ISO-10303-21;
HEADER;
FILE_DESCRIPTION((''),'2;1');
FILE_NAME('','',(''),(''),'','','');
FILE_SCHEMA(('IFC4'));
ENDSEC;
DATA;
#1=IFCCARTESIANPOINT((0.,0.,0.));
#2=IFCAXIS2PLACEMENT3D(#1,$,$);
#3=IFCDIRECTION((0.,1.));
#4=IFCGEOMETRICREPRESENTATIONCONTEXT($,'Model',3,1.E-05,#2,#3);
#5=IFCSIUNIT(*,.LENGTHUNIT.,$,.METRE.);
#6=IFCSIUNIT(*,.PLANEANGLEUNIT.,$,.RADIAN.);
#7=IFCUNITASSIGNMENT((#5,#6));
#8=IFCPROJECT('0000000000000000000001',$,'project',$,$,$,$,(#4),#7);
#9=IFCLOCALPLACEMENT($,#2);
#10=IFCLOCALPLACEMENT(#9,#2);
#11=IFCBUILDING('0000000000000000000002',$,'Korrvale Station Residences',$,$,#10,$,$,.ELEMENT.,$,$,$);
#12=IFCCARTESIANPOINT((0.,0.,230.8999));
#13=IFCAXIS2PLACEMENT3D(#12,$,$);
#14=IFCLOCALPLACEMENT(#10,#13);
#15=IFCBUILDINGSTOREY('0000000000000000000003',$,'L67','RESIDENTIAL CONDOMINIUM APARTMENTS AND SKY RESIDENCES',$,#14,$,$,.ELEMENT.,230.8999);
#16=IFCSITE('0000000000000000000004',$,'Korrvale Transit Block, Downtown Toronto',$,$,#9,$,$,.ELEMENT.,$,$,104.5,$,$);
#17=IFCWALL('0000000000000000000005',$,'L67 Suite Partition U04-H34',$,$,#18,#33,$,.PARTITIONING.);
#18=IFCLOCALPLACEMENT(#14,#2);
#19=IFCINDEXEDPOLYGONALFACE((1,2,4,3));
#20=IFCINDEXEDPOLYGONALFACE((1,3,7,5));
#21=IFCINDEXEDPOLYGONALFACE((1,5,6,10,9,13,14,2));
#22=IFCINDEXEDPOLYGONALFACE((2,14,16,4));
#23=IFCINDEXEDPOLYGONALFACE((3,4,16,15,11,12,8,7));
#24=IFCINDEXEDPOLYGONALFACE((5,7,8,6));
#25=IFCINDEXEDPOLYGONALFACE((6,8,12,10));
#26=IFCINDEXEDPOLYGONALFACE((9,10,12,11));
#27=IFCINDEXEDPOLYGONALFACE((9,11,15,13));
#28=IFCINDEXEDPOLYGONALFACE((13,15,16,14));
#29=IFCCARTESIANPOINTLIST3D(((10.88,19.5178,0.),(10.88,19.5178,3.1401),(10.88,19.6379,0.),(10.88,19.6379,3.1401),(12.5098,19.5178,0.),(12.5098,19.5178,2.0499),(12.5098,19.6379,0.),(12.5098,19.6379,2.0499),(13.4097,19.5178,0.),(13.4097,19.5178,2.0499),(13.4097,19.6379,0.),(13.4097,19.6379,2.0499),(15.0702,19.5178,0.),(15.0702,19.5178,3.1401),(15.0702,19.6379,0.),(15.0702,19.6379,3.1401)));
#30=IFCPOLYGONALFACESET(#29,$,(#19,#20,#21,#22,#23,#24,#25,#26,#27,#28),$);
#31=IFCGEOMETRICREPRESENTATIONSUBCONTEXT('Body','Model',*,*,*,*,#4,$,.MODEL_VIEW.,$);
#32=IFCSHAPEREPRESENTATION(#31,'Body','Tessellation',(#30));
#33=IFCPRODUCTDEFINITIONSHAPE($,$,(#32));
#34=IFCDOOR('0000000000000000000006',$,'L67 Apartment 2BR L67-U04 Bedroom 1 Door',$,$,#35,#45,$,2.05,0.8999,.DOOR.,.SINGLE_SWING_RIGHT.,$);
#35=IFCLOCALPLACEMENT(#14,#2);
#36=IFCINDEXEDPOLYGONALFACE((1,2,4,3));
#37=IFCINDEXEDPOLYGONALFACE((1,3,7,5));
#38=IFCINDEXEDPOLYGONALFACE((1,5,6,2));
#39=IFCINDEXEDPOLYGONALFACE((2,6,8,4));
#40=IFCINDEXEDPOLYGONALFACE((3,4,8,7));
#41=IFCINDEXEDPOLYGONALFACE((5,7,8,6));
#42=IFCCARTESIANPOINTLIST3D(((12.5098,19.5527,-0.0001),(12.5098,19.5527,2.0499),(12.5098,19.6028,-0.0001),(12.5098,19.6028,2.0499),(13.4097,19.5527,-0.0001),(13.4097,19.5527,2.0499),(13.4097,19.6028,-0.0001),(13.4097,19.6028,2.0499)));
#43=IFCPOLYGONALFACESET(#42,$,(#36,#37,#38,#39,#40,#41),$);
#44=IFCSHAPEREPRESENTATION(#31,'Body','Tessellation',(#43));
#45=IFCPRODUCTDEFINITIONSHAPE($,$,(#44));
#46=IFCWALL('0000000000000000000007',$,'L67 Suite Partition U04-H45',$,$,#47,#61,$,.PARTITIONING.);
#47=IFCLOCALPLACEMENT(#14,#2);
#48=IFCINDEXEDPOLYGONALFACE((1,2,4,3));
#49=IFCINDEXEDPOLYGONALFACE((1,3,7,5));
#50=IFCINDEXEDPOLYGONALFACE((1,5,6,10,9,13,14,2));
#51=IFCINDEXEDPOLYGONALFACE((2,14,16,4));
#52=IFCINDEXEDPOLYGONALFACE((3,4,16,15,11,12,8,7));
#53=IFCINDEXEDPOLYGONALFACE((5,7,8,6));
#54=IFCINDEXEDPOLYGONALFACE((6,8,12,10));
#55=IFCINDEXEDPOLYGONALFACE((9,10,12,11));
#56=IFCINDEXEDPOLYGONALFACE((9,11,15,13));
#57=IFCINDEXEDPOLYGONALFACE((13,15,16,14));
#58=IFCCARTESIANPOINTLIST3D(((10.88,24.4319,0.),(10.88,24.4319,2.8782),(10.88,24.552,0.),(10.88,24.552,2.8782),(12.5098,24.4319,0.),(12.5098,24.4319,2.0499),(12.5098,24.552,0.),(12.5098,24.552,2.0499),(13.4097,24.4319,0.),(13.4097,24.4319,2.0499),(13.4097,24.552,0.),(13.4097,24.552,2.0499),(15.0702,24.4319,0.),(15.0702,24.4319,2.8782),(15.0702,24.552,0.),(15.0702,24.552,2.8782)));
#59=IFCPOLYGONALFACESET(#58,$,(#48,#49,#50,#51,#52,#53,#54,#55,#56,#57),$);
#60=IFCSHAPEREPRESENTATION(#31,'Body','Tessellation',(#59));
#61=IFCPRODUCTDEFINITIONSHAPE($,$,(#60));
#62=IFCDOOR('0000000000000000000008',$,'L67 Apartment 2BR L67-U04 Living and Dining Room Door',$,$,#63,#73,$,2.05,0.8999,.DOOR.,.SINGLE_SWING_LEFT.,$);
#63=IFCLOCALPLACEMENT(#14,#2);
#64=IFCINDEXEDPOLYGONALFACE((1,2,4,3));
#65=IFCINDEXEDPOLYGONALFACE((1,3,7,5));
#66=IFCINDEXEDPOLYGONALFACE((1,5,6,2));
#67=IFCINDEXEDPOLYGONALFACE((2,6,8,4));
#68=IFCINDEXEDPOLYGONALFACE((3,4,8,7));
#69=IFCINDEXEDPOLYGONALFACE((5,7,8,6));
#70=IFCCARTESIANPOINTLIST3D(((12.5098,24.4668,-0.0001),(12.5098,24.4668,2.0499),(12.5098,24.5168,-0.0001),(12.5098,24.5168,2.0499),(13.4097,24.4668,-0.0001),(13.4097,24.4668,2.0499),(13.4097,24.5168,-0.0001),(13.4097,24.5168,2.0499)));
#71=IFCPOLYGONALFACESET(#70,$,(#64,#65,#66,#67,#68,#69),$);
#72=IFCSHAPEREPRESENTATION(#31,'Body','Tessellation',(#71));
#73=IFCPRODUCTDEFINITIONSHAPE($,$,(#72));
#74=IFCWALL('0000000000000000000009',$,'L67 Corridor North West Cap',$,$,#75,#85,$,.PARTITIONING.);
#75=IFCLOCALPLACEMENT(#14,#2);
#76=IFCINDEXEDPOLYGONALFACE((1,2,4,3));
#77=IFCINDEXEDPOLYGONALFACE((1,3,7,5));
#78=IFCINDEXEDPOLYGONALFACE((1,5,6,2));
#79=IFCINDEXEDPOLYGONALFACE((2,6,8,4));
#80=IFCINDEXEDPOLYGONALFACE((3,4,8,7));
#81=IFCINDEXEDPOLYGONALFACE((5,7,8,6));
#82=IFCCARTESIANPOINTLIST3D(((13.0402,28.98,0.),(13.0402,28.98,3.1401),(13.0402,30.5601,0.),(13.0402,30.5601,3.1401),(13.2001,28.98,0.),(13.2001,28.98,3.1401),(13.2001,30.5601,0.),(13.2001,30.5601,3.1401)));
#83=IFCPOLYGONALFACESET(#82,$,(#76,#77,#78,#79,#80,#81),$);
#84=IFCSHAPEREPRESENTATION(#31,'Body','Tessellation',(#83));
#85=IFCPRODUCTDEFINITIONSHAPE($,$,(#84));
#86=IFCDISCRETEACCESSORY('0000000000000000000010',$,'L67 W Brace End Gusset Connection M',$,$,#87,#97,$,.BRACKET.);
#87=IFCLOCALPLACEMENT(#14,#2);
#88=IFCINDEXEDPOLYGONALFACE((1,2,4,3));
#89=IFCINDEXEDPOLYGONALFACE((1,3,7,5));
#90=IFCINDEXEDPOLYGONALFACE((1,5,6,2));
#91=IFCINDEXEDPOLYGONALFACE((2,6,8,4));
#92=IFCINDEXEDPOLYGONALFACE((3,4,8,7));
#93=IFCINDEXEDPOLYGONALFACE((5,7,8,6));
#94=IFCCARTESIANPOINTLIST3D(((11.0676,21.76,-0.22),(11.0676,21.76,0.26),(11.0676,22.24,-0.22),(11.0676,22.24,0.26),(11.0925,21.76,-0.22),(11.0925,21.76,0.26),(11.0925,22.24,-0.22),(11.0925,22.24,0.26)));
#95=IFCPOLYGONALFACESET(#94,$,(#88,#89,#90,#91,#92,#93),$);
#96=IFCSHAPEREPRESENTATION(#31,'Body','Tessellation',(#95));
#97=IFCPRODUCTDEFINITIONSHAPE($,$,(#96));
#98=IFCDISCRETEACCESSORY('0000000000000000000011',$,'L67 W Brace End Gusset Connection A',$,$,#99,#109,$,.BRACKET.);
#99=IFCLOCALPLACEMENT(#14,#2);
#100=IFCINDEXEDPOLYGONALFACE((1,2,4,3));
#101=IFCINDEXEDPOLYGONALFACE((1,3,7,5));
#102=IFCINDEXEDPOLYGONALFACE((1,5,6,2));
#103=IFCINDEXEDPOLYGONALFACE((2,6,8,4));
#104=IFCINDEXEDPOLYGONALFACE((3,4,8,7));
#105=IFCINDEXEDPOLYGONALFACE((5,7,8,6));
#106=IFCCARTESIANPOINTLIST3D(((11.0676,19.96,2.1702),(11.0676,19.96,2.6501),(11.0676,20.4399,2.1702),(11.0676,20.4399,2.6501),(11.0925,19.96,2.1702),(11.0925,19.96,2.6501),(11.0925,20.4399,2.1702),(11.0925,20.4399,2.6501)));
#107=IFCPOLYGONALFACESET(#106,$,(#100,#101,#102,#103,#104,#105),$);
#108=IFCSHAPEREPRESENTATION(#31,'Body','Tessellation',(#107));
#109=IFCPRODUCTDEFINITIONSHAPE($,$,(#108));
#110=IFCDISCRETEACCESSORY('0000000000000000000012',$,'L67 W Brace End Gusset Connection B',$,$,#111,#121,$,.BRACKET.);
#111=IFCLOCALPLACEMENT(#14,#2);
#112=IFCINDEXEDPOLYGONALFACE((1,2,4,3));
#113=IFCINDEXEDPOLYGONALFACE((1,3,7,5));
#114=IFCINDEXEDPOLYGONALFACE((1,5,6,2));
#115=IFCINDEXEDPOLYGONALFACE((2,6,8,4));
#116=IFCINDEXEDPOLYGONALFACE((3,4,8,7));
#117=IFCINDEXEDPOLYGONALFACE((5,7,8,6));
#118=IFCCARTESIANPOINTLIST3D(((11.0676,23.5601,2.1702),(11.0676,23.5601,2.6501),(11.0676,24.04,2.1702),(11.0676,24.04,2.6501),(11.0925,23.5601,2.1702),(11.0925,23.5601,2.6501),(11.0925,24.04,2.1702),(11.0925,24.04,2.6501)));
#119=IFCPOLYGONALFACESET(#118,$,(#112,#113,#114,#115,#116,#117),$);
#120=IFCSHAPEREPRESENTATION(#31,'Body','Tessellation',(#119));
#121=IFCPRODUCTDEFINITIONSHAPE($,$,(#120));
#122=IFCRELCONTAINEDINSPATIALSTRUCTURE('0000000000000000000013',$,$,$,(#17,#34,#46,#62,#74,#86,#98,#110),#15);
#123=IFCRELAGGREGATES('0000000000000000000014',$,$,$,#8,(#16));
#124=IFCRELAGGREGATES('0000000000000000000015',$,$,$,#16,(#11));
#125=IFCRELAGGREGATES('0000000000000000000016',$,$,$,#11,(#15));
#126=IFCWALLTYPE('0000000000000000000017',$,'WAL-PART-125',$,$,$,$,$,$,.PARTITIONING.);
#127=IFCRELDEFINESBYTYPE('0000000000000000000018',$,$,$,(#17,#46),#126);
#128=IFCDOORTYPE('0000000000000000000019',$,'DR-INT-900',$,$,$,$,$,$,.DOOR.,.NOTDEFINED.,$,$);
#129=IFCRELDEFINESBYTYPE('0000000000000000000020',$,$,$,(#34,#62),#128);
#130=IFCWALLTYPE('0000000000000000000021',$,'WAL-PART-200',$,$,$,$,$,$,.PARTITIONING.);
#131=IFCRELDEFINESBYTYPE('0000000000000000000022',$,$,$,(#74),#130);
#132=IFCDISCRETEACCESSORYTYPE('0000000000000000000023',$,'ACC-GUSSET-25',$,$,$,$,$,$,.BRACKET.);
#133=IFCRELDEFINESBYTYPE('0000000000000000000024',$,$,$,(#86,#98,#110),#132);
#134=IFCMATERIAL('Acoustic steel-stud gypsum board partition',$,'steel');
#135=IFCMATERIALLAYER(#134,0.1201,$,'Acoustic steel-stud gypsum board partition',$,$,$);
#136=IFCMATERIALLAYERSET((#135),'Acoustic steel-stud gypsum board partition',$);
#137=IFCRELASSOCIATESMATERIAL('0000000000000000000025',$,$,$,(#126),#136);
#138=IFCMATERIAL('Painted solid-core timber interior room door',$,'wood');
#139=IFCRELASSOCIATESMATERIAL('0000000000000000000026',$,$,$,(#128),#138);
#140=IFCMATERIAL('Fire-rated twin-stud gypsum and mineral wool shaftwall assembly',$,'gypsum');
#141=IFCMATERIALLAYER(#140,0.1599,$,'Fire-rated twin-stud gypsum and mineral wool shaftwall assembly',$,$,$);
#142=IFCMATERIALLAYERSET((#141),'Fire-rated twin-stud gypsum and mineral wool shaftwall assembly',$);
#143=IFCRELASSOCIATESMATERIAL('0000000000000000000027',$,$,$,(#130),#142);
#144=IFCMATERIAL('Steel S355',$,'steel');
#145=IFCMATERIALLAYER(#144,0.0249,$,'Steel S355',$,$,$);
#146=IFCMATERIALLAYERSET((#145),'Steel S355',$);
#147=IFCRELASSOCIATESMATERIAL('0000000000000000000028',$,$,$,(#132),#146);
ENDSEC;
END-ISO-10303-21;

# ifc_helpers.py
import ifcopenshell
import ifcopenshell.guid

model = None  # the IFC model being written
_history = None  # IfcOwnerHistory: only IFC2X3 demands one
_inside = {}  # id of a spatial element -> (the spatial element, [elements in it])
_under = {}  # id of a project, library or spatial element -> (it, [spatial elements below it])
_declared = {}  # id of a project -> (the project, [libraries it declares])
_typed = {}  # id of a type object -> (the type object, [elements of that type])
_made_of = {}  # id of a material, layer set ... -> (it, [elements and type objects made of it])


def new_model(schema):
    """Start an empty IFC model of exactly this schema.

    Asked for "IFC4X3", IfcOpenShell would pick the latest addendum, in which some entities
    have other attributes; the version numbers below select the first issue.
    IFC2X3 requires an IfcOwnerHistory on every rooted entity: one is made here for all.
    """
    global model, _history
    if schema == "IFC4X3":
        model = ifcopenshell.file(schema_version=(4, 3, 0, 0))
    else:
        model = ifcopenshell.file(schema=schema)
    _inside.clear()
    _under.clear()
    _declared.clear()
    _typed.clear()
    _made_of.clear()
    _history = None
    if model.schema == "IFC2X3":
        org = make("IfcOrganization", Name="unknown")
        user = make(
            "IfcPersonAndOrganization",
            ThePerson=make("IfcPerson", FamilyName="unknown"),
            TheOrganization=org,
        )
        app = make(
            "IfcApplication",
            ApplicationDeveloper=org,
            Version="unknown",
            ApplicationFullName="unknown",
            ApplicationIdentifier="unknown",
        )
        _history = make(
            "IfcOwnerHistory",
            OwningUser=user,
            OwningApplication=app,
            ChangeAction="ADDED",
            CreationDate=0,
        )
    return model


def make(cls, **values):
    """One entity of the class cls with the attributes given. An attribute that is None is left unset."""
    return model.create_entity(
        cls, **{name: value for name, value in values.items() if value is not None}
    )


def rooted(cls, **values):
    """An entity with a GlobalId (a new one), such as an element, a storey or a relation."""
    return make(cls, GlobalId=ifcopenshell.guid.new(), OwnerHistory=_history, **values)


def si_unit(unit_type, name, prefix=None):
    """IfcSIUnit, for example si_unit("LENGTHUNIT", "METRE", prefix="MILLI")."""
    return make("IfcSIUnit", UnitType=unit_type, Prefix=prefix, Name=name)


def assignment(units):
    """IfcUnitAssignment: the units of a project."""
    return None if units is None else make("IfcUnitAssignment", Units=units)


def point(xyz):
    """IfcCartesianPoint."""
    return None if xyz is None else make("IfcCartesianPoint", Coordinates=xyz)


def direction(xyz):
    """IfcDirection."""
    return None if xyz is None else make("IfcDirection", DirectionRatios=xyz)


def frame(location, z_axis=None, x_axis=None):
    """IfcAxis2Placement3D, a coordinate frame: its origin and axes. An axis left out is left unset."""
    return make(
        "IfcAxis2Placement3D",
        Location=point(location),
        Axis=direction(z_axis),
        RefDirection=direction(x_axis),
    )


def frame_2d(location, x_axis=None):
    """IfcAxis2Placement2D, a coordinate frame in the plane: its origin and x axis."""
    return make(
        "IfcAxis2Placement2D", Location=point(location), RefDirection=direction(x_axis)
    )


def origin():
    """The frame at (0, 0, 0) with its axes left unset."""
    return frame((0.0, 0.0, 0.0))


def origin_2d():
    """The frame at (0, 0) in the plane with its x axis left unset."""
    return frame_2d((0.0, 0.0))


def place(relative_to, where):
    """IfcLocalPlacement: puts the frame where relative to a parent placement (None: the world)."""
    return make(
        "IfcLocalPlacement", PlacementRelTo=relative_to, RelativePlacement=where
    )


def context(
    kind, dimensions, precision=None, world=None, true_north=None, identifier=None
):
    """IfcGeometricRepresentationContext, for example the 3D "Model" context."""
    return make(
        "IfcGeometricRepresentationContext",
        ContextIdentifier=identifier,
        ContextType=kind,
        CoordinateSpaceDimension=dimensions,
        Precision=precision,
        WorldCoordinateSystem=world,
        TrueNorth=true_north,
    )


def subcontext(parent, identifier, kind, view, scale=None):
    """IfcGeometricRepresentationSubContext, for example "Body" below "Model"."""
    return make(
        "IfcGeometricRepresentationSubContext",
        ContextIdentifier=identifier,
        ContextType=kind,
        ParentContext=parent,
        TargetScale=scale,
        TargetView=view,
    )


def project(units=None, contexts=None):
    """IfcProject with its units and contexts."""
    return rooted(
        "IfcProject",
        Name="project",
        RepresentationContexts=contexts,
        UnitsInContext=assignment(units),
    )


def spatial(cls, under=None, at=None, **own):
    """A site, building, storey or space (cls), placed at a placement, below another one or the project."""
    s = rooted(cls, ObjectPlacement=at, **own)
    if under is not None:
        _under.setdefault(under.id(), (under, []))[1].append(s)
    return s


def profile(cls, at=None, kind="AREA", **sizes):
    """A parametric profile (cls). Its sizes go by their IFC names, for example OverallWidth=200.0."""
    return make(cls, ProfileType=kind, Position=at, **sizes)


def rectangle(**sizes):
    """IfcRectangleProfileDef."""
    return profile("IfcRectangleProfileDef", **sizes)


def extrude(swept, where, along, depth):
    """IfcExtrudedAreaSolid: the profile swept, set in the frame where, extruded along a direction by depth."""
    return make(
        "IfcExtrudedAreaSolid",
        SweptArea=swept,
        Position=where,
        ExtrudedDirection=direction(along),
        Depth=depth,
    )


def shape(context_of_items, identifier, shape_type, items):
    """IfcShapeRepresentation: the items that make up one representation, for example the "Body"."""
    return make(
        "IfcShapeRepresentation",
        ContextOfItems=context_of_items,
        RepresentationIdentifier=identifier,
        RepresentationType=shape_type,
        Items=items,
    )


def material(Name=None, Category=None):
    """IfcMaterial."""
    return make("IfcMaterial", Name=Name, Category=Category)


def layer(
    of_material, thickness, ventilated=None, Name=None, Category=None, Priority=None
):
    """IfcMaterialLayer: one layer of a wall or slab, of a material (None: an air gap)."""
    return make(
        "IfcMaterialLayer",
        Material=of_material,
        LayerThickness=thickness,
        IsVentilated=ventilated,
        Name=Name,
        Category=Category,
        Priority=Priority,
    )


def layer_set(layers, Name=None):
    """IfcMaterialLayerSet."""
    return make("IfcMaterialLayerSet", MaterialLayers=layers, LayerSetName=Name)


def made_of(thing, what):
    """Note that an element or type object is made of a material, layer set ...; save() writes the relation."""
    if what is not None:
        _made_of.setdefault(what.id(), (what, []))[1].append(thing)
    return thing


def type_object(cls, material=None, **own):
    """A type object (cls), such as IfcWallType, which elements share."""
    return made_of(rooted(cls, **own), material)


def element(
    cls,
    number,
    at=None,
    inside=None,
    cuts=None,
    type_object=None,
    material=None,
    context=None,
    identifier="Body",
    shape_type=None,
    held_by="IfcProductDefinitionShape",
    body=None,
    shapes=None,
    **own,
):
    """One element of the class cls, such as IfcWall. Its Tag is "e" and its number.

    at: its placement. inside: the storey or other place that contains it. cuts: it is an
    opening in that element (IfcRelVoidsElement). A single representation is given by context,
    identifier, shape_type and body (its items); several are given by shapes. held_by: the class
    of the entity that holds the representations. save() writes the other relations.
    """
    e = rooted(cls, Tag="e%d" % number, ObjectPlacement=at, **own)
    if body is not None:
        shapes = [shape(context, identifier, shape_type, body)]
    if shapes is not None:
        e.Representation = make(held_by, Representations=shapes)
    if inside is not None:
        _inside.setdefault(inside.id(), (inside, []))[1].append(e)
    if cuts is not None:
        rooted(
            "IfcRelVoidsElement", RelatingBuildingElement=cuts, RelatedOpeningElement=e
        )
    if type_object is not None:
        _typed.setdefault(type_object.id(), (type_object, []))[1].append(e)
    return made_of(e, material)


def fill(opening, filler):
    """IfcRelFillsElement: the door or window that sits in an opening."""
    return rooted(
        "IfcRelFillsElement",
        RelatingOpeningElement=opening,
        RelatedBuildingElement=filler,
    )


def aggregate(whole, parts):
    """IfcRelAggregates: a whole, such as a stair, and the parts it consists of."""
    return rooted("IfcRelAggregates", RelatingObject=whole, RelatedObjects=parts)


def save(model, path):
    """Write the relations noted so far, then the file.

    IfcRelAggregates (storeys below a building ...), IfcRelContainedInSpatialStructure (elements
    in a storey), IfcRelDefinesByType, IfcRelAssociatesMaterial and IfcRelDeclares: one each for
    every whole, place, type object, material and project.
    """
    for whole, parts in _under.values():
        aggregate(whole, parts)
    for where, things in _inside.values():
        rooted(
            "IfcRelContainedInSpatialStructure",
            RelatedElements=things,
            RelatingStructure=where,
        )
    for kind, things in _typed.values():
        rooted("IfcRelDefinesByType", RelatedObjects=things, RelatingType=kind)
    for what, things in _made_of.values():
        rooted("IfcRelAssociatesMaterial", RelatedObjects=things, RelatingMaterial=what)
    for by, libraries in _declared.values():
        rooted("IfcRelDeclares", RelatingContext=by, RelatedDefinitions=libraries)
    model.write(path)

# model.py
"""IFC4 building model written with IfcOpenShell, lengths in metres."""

from ifc_helpers import new_model, si_unit, direction, frame, frame_2d, origin, origin_2d, place, context, subcontext, project, spatial, rectangle, extrude, material, layer, layer_set, type_object, element, fill, save


model = new_model("IFC4")

# Units and contexts
model_context = context("Model", 3, precision=1e-05, world=origin(), true_north=direction((0.0, 1.0)))
body_context = subcontext(model_context, "Body", "Model", "MODEL_VIEW")
ifc_project = project(units=[si_unit("LENGTHUNIT", "METRE"), si_unit("PLANEANGLEUNIT", "RADIAN")], contexts=[model_context])

# Site, building, storey
site_placement = place(None, origin())
site = spatial("IfcSite", under=ifc_project, at=site_placement, Name="Korrvale Transit Block, Downtown Toronto", CompositionType="ELEMENT", RefElevation=104.5)
building_placement = place(site_placement, origin())
building = spatial("IfcBuilding", under=site, at=building_placement, Name="Korrvale Station Residences", CompositionType="ELEMENT")
storey_placement = place(building_placement, frame((0.0, 0.0, 230.8999)))
storey = spatial("IfcBuildingStorey", under=building, at=storey_placement, Name="L67", Description="RESIDENTIAL CONDOMINIUM APARTMENTS AND SKY RESIDENCES", CompositionType="ELEMENT", Elevation=230.8999)

# Shared definitions
ifc_material_1 = material(Name="Steel S355", Category="steel")

# Shared definitions
ifc_material_2 = material(Name="Acoustic steel-stud gypsum board partition", Category="steel")
ifc_layer_1 = layer(ifc_material_2, 0.1201, Name="Acoustic steel-stud gypsum board partition")
ifc_layer_set_1 = layer_set([ifc_layer_1], Name="Acoustic steel-stud gypsum board partition")
wall_type_1 = type_object("IfcWallType", Name="WAL-PART-125", PredefinedType="PARTITIONING", material=ifc_layer_set_1)

# Shared definitions
ifc_material_3 = material(Name="Painted solid-core timber interior room door", Category="wood")
door_type_1 = type_object("IfcDoorType", Name="DR-INT-900", OperationType="NOTDEFINED", PredefinedType="DOOR", material=ifc_material_3)

# Walls, openings, doors
wall_1_placement = place(storey_placement, frame((10.8799, 19.5779, 0.0), z_axis=(0.0, 0.0, 1.0), x_axis=(1.0, 0.0, 0.0)))
wall_1 = element("IfcWall", 1, at=wall_1_placement, inside=storey, type_object=wall_type_1, Name="L67 Suite Partition U04-H34", PredefinedType="PARTITIONING", context=body_context, shape_type="SweptSolid", body=[
    extrude(rectangle(XDim=4.1902, YDim=0.1201, at=frame_2d((2.0952, 0.0))), origin(), (0.0, 0.0, 1.0), 3.1401),
])
opening_1_placement = place(wall_1_placement, frame((1.6299, 0.0, 0.0)))
opening_1 = element("IfcOpeningElement", 2, at=opening_1_placement, cuts=wall_1, PredefinedType="OPENING", context=body_context, shape_type="SweptSolid", body=[
    extrude(rectangle(XDim=0.8999, YDim=2.05, at=frame_2d((0.45, 1.0249))), frame((0.0, 0.0701, 0.0), z_axis=(0.0, -1.0, 0.0), x_axis=(1.0, 0.0, 0.0)), (0.0, 0.0, 1.0), 0.1401),
])
door_1_placement = place(opening_1_placement, origin())
door_1 = element("IfcDoor", 3, at=door_1_placement, inside=storey, type_object=door_type_1, Name="L67 Apartment 2BR L67-U04 Bedroom 1 Door", OperationType="SINGLE_SWING_RIGHT", OverallHeight=2.05, OverallWidth=0.8999, PredefinedType="DOOR", context=body_context, shape_type="SweptSolid", body=[
    extrude(rectangle(XDim=0.8999, YDim=2.05, at=frame_2d((0.45, 1.0249))), frame((0.0, 0.0249, 0.0), z_axis=(0.0, -1.0, 0.0), x_axis=(1.0, 0.0, 0.0)), (0.0, 0.0, 1.0), 0.05),
])
fill(opening_1, door_1)
wall_2_placement = place(storey_placement, frame((10.8799, 24.4919, 0.0), z_axis=(0.0, 0.0, 1.0), x_axis=(1.0, 0.0, 0.0)))
wall_2 = element("IfcWall", 4, at=wall_2_placement, inside=storey, type_object=wall_type_1, Name="L67 Suite Partition U04-H45", PredefinedType="PARTITIONING", context=body_context, shape_type="SweptSolid", body=[
    extrude(rectangle(XDim=4.1902, YDim=0.1201, at=frame_2d((2.0952, 0.0))), origin(), (0.0, 0.0, 1.0), 2.8782),
])
opening_2_placement = place(wall_2_placement, frame((1.6299, 0.0, 0.0)))
opening_2 = element("IfcOpeningElement", 5, at=opening_2_placement, cuts=wall_2, PredefinedType="OPENING", context=body_context, shape_type="SweptSolid", body=[
    extrude(rectangle(XDim=0.8999, YDim=2.05, at=frame_2d((0.45, 1.0249))), frame((0.0, 0.0701, 0.0), z_axis=(0.0, -1.0, 0.0), x_axis=(1.0, 0.0, 0.0)), (0.0, 0.0, 1.0), 0.1401),
])
door_2_placement = place(opening_2_placement, origin())
door_2 = element("IfcDoor", 6, at=door_2_placement, inside=storey, type_object=door_type_1, Name="L67 Apartment 2BR L67-U04 Living and Dining Room Door", OperationType="SINGLE_SWING_LEFT", OverallHeight=2.05, OverallWidth=0.8999, PredefinedType="DOOR", context=body_context, shape_type="SweptSolid", body=[
    extrude(rectangle(XDim=0.8999, YDim=2.05, at=frame_2d((0.45, 1.0249))), frame((0.0, 0.0249, 0.0), z_axis=(0.0, -1.0, 0.0), x_axis=(1.0, 0.0, 0.0)), (0.0, 0.0, 1.0), 0.05),
])
fill(opening_2, door_2)

# Wall
ifc_material_4 = material(Name="Fire-rated twin-stud gypsum and mineral wool shaftwall assembly", Category="gypsum")
ifc_layer_2 = layer(ifc_material_4, 0.1599, Name="Fire-rated twin-stud gypsum and mineral wool shaftwall assembly")
ifc_layer_set_2 = layer_set([ifc_layer_2], Name="Fire-rated twin-stud gypsum and mineral wool shaftwall assembly")
wall_type_2 = type_object("IfcWallType", Name="WAL-PART-200", PredefinedType="PARTITIONING", material=ifc_layer_set_2)
wall_3_placement = place(storey_placement, frame((13.1201, 28.98, 0.0), z_axis=(0.0, 0.0, 1.0), x_axis=(0.0, 1.0, 0.0)))
element("IfcWall", 7, at=wall_3_placement, inside=storey, type_object=wall_type_2, Name="L67 Corridor North West Cap", PredefinedType="PARTITIONING", context=body_context, shape_type="SweptSolid", body=[
    extrude(rectangle(XDim=1.5801, YDim=0.1599, at=frame_2d((0.79, 0.0))), origin(), (0.0, 0.0, 1.0), 3.1401),
])

# Discrete accessories
ifc_layer_3 = layer(ifc_material_1, 0.0249, Name="Steel S355")
ifc_layer_set_3 = layer_set([ifc_layer_3], Name="Steel S355")
discrete_accessory_type = type_object("IfcDiscreteAccessoryType", Name="ACC-GUSSET-25", PredefinedType="BRACKET", material=ifc_layer_set_3)
for number, where, z_axis, x_axis, name in (
    (8, (11.0801, 22.0, -0.22), (0.0, 0.0, 1.0), (0.0, 1.0, 0.0), "L67 W Brace End Gusset Connection M"),
    (9, (11.0801, 20.2, 2.1702), (0.0, 0.0, 1.0), (0.0, 1.0, 0.0), "L67 W Brace End Gusset Connection A"),
    (10, (11.0801, 23.8, 2.1702), (0.0, 0.0, 1.0), (0.0, 1.0, 0.0), "L67 W Brace End Gusset Connection B"),
):
    element("IfcDiscreteAccessory", number, at=place(storey_placement, frame(where, z_axis=z_axis, x_axis=x_axis)), inside=storey, type_object=discrete_accessory_type, Name=name, PredefinedType="BRACKET", context=body_context, shape_type="SweptSolid", body=[
        extrude(rectangle(XDim=0.48, YDim=0.0249, at=origin_2d()), origin(), (0.0, 0.0, 1.0), 0.48),
    ])

save(model, "model.ifc")
